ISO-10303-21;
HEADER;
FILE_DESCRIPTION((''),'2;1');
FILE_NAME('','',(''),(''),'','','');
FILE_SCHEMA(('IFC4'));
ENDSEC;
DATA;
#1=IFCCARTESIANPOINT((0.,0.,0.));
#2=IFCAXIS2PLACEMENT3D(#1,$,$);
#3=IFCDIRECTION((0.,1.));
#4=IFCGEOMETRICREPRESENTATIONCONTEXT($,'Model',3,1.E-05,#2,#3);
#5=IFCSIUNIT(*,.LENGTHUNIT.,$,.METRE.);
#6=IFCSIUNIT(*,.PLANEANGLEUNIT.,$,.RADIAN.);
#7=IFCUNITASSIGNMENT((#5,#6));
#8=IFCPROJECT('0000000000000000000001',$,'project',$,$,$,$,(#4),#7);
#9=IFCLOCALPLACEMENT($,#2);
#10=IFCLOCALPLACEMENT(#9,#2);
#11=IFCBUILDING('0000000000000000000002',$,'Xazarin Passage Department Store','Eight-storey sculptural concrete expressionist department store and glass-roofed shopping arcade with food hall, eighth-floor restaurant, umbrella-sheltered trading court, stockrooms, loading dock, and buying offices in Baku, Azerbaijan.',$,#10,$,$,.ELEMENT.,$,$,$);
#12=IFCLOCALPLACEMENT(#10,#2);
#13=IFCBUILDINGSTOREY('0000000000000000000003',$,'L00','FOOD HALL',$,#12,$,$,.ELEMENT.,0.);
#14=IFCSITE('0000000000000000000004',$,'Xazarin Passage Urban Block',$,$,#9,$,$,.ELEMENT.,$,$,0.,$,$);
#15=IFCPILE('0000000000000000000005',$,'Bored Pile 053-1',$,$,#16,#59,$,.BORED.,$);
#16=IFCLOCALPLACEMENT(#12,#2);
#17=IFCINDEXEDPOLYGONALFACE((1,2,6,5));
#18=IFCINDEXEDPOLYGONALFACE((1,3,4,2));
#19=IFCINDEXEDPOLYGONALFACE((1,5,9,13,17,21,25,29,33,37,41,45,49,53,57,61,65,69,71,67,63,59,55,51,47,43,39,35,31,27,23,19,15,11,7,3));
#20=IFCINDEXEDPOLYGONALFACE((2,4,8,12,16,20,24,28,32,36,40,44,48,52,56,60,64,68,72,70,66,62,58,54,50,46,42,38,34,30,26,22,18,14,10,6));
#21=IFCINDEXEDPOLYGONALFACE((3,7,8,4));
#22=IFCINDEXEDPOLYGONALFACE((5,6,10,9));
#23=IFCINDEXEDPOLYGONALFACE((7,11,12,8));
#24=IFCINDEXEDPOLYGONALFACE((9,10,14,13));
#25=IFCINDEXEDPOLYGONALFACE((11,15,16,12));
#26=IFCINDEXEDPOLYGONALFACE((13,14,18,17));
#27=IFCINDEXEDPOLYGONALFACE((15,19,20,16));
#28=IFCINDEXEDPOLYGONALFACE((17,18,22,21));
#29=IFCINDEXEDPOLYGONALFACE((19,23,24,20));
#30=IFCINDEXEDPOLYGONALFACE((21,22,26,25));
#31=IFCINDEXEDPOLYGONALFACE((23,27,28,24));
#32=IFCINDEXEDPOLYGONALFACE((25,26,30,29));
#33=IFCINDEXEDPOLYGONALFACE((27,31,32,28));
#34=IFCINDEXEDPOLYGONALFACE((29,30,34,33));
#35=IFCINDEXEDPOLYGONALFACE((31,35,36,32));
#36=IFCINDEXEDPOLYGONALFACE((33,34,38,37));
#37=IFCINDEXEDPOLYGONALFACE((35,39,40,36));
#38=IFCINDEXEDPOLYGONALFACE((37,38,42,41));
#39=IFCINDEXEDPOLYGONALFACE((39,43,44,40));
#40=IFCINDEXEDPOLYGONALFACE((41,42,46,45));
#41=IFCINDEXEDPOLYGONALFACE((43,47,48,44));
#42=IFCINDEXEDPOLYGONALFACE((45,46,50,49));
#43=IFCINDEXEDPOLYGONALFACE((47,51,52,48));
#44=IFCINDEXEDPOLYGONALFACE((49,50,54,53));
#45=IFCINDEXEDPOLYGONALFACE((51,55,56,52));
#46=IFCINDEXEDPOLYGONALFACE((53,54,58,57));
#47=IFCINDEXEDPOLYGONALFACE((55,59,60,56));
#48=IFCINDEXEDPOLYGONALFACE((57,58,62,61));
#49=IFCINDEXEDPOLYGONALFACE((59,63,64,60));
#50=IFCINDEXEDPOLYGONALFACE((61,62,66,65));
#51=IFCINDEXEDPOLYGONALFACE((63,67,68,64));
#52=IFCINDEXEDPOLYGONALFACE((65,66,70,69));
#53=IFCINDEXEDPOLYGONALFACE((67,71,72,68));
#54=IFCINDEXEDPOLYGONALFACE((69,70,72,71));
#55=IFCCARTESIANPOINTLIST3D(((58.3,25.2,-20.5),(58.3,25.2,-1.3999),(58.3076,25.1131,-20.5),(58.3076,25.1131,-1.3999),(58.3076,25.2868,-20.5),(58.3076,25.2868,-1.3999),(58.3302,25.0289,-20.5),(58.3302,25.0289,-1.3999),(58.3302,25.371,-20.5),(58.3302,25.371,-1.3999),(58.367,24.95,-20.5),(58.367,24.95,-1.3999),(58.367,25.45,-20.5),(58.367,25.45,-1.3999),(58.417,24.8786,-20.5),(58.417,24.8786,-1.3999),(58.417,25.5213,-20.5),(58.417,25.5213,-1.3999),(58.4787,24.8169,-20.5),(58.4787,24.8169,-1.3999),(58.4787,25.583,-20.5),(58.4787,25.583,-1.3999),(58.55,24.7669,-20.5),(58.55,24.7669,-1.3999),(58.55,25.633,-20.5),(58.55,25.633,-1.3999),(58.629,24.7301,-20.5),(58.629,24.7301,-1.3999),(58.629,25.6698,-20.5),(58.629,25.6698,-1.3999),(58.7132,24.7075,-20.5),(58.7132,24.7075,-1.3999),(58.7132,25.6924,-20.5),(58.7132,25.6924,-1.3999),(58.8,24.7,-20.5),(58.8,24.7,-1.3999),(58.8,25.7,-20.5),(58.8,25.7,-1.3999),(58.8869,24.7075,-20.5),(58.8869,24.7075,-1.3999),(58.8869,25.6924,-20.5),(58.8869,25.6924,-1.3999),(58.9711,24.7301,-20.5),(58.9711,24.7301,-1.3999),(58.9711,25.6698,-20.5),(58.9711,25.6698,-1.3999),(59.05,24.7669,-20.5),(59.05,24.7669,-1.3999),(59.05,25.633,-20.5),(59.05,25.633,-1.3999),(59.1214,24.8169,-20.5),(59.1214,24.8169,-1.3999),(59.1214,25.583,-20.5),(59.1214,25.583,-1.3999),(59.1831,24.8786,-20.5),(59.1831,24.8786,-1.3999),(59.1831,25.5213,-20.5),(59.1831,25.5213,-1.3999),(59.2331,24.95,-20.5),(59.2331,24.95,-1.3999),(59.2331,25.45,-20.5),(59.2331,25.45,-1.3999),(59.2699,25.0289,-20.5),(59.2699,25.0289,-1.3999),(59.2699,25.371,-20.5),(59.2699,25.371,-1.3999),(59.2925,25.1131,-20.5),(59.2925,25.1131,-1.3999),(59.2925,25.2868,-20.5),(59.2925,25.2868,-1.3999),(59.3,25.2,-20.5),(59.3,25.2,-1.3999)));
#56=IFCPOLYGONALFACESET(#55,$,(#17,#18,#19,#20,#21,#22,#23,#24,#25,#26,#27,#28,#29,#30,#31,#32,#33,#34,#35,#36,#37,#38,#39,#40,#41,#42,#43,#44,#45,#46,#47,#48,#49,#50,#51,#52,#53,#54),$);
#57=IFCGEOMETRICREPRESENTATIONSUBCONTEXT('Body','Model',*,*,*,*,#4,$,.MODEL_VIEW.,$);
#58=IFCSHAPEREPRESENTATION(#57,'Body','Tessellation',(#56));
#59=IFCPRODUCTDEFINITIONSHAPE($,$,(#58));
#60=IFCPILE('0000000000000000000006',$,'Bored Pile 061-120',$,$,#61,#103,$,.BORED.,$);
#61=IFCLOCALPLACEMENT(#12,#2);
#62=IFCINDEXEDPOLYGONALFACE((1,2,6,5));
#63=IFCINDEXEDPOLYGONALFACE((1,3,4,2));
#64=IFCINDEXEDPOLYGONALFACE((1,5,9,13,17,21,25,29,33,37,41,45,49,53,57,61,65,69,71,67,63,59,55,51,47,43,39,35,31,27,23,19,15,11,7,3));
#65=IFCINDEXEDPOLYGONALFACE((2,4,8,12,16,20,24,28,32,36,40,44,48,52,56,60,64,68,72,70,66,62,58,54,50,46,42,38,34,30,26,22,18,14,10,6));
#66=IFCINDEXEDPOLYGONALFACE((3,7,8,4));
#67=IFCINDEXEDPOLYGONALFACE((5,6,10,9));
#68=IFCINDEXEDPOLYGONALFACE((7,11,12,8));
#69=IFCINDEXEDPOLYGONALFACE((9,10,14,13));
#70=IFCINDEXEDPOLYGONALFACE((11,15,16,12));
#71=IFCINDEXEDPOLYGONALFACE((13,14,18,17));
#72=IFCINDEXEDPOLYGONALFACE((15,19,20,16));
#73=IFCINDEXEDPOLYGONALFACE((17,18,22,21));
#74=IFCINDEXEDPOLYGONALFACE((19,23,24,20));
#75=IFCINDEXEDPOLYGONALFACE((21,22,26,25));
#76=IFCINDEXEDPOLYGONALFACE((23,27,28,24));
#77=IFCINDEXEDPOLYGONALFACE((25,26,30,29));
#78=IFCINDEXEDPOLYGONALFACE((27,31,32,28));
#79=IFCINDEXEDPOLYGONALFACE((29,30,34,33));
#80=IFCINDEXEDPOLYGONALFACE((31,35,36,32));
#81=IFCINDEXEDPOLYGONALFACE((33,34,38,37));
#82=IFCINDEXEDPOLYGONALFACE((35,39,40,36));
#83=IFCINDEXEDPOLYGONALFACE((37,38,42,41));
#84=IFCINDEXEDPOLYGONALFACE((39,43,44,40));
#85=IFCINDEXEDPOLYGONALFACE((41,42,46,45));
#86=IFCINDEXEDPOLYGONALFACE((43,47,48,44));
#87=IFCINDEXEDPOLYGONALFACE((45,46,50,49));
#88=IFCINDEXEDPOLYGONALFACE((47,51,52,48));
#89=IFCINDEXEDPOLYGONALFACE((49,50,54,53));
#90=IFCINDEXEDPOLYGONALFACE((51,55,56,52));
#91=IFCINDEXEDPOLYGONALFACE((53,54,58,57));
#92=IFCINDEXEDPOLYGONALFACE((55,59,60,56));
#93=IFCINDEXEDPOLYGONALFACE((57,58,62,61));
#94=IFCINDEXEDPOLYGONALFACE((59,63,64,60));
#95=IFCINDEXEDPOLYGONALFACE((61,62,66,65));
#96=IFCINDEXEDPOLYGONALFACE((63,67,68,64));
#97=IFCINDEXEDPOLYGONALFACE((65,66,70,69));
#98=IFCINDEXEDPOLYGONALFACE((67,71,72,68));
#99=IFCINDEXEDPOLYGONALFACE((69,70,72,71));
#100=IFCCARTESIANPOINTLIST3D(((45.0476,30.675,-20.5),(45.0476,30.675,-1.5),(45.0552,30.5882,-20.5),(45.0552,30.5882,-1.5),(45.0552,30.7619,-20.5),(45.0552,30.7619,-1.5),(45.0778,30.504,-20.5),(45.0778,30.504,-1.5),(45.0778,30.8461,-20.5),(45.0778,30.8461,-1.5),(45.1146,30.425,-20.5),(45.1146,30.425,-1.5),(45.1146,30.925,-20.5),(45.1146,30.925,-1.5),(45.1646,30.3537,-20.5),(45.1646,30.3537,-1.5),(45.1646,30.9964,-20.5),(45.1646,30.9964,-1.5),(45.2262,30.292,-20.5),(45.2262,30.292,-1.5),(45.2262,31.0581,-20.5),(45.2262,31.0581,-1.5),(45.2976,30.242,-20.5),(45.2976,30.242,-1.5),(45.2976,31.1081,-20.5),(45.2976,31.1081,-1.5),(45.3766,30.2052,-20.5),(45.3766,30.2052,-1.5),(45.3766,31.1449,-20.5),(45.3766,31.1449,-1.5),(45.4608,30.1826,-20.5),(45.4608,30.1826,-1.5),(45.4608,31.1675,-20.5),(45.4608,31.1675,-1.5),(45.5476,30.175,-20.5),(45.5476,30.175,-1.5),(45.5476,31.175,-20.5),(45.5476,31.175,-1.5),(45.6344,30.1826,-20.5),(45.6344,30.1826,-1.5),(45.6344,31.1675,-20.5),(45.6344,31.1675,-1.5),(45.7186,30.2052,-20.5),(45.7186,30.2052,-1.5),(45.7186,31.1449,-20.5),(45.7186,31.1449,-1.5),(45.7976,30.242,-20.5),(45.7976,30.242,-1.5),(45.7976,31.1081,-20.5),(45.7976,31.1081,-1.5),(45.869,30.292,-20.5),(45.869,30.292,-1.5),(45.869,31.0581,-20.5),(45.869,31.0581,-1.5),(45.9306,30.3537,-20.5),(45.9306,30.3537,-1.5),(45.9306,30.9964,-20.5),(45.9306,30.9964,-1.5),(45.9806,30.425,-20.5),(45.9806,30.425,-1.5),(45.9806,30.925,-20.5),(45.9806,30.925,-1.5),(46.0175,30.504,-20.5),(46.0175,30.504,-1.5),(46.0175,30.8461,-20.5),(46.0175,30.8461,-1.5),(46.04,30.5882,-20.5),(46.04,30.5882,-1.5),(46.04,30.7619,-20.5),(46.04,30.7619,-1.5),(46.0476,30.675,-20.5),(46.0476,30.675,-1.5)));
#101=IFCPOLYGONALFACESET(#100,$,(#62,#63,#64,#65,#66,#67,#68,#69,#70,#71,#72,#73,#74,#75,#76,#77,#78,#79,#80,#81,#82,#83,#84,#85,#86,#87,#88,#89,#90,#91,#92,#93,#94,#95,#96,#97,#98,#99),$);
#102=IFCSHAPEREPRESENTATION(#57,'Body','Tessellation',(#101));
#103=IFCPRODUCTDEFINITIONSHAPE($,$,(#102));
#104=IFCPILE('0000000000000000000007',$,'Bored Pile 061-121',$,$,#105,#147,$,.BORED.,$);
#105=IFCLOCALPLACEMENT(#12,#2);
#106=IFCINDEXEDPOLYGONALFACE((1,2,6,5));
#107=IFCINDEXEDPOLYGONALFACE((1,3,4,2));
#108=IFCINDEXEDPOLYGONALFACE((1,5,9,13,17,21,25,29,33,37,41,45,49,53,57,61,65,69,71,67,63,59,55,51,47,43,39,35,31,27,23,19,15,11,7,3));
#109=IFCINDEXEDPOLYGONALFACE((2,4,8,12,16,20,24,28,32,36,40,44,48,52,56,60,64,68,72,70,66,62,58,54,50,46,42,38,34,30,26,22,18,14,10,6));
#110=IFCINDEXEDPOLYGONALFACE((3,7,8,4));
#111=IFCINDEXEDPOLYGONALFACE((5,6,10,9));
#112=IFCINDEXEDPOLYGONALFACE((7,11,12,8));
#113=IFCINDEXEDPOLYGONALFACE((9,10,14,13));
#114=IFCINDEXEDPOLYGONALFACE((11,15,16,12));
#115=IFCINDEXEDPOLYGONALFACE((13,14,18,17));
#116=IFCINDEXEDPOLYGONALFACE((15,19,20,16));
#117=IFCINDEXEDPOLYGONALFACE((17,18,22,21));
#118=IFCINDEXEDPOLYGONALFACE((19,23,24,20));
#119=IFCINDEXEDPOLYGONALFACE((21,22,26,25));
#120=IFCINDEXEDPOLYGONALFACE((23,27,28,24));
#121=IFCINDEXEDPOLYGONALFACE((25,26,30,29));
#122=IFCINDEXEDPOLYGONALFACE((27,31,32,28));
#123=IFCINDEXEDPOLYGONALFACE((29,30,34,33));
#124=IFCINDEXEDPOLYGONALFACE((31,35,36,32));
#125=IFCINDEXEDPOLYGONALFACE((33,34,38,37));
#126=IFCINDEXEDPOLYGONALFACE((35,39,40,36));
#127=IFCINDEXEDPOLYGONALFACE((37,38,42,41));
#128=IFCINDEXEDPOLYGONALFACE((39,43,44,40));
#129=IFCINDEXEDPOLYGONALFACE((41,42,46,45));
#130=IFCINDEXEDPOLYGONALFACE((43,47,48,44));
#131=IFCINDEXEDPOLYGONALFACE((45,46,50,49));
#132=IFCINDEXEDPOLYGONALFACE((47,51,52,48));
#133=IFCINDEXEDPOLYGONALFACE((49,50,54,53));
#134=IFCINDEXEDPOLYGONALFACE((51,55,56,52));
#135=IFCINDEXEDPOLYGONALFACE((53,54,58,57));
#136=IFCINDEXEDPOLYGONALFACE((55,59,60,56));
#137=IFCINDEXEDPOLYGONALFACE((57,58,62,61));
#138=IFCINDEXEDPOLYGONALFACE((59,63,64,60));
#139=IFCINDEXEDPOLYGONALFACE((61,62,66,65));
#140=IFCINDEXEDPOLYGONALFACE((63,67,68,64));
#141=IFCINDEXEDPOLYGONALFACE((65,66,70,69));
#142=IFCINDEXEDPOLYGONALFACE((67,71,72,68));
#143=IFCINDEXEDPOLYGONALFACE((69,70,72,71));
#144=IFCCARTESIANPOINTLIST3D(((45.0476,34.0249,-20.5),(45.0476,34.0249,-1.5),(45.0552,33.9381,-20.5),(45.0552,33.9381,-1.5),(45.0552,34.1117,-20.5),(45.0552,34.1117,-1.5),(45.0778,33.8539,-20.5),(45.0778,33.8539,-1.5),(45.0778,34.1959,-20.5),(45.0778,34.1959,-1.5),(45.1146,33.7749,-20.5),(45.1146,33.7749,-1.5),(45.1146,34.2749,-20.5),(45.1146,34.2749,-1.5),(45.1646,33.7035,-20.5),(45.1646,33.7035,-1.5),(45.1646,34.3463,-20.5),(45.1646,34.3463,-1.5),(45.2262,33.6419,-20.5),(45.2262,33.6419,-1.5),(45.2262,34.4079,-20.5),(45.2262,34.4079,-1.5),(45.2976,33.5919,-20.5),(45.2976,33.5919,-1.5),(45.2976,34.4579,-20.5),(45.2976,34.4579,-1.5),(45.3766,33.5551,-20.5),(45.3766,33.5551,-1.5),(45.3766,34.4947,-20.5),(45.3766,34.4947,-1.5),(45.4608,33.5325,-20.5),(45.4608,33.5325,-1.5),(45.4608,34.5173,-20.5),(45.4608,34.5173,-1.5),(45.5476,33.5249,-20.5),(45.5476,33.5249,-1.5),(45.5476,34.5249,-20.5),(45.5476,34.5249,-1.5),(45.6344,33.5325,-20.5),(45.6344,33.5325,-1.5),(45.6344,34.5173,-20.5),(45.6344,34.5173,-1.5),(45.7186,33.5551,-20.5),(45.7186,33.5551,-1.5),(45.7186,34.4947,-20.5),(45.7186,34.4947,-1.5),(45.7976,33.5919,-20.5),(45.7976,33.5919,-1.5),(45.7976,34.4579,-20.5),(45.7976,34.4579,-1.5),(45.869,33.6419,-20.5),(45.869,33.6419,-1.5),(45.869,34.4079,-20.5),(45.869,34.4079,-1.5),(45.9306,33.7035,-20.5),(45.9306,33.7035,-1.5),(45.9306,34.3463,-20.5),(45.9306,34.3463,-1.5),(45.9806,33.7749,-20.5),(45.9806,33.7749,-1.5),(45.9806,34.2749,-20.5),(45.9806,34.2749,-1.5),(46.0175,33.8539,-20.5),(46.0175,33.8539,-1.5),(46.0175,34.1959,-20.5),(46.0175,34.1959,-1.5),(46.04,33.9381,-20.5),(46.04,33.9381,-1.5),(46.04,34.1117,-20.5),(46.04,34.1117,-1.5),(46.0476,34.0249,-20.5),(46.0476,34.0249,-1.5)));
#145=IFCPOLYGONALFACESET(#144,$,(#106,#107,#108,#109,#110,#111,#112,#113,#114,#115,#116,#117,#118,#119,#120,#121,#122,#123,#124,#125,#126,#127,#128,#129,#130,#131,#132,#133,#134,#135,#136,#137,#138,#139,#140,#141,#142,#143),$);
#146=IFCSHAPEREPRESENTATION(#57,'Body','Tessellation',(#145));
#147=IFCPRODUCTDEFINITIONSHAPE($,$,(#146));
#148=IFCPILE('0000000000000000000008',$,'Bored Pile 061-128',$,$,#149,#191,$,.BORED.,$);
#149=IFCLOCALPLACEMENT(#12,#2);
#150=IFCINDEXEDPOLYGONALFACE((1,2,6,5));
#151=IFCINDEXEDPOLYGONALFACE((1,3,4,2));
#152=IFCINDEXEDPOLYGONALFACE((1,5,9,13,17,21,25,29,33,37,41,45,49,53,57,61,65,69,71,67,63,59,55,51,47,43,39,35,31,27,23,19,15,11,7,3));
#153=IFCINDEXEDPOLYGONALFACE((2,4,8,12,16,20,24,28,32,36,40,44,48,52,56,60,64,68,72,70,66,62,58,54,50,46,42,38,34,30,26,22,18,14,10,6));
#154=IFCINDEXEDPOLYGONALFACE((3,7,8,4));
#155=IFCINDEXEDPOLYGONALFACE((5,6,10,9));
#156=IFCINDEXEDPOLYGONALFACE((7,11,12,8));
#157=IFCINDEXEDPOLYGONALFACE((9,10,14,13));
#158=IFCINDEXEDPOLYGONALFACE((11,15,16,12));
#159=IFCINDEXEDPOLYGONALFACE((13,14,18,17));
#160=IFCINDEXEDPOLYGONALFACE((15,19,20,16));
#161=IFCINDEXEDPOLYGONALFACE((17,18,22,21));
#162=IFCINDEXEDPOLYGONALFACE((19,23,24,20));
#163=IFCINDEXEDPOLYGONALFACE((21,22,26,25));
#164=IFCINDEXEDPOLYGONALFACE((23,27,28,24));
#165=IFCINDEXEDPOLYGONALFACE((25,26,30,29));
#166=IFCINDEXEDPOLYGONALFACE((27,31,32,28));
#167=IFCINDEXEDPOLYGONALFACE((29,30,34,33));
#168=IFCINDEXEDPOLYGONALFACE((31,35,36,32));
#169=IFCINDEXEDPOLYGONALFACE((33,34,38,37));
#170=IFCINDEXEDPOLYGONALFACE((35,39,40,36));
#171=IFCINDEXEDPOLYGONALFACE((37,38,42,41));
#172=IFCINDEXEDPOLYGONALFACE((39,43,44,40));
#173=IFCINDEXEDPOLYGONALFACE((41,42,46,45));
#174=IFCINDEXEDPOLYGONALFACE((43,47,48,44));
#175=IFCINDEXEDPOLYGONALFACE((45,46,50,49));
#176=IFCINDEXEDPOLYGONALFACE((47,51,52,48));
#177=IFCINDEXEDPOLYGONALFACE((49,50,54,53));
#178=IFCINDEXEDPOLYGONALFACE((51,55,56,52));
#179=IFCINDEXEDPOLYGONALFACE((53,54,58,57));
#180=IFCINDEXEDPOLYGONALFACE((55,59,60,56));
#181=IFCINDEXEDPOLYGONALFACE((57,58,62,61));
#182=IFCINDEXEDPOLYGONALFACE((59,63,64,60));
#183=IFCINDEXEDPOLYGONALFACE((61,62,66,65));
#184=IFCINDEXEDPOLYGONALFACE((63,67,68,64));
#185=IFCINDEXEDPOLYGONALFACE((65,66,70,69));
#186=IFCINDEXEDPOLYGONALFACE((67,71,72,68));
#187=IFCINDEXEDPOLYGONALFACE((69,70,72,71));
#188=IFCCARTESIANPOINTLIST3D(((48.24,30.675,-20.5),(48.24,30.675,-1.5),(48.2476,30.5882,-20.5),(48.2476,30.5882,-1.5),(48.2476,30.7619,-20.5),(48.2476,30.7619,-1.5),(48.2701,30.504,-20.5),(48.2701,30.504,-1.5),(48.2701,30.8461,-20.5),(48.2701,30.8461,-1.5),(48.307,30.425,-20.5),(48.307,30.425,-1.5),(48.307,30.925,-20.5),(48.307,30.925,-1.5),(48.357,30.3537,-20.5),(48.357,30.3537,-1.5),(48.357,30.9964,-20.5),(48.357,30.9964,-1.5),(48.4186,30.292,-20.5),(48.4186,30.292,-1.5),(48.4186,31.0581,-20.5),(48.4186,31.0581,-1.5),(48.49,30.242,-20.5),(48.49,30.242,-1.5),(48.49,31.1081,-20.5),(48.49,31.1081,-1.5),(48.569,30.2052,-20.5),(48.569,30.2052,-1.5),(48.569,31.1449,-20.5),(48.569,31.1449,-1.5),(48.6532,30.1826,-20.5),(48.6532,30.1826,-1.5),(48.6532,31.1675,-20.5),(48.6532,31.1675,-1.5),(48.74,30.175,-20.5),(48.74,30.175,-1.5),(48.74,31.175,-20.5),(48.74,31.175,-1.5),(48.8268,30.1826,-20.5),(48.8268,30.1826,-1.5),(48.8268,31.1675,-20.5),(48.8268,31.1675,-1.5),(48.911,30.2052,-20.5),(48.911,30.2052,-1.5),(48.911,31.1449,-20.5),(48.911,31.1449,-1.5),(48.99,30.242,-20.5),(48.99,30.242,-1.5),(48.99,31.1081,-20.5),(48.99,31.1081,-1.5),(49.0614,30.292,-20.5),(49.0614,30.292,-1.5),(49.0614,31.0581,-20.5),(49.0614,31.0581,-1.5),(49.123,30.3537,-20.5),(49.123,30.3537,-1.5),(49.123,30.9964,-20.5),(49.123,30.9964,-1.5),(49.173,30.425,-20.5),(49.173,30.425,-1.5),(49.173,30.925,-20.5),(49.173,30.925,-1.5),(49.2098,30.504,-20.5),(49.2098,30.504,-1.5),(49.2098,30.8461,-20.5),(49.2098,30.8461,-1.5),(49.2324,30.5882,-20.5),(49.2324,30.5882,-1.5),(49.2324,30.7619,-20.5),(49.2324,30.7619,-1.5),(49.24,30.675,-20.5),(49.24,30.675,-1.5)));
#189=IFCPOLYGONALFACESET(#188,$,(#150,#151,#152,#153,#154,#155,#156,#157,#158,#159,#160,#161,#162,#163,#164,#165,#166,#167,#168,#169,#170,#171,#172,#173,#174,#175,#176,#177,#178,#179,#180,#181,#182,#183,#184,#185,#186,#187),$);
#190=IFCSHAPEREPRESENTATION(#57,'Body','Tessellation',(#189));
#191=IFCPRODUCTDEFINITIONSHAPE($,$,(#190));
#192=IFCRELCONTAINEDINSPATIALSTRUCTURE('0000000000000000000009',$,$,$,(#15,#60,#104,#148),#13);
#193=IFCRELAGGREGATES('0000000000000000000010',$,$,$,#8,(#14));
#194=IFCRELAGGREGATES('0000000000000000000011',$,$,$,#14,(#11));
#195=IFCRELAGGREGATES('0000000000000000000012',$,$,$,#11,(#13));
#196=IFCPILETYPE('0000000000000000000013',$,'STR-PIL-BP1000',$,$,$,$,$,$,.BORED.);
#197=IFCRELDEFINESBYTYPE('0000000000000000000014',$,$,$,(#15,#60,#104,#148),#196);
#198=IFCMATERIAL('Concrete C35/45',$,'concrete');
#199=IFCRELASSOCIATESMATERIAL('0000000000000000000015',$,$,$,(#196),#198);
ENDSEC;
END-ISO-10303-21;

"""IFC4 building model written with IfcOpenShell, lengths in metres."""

from ifc_helpers import new_model, si_unit, direction, frame, origin, origin_2d, place, context, subcontext, project, spatial, circle, extrude, material, material_profile, profile_set, type_object, element, save


model = new_model("IFC4")

# Units and contexts
model_context = context("Model", 3, precision=1e-05, world=origin(), true_north=direction((0.0, 1.0)))
body_context = subcontext(model_context, "Body", "Model", "MODEL_VIEW")
ifc_project = project(units=[si_unit("LENGTHUNIT", "METRE"), si_unit("PLANEANGLEUNIT", "RADIAN")], contexts=[model_context])

# Site, building, storey
site_placement = place(None, origin())
site = spatial("IfcSite", under=ifc_project, at=site_placement, Name="Xazarin Passage Urban Block", CompositionType="ELEMENT", RefElevation=0.0)
building_placement = place(site_placement, origin())
building = spatial("IfcBuilding", under=site, at=building_placement, Name="Xazarin Passage Department Store", Description="Eight-storey sculptural concrete expressionist department store and glass-roofed shopping arcade with food hall, eighth-floor restaurant, umbrella-sheltered trading court, stockrooms, loading dock, and buying offices in Baku, Azerbaijan.", CompositionType="ELEMENT")
storey_placement = place(building_placement, origin())
storey = spatial("IfcBuildingStorey", under=building, at=storey_placement, Name="L00", Description="FOOD HALL", CompositionType="ELEMENT", Elevation=0.0)

# Shared definitions
ifc_material_1 = material(Name="Concrete C35/45", Category="concrete")

# Piles
ifc_material_profile_1 = material_profile(ifc_material_1, circle(Radius=0.5, at=origin_2d()), Name="BP 1000")
ifc_profile_set_1 = profile_set([ifc_material_profile_1], Name="Concrete C35/45")
pile_type_1 = type_object("IfcPileType", Name="STR-PIL-BP1000", PredefinedType="BORED", material=ifc_profile_set_1)
for number, where, z_axis, x_axis, name in (
    (1, (58.8, 25.2, -1.3999), (0.0, 0.0, -1.0), (1.0, 0.0, 0.0), "Bored Pile 053-1"),
):
    element("IfcPile", number, at=place(storey_placement, frame(where, z_axis=z_axis, x_axis=x_axis)), inside=storey, type_object=pile_type_1, Name=name, PredefinedType="BORED", context=body_context, shape_type="SweptSolid", body=[
        extrude(circle(Radius=0.5, at=origin_2d()), origin(), (0.0, 0.0, 1.0), 19.1001),
    ])
for number, where, z_axis, x_axis, name in (
    (2, (45.5476, 30.675, -1.5), (0.0, 0.0, -1.0), (1.0, 0.0, 0.0), "Bored Pile 061-120"),
    (3, (45.5476, 34.0249, -1.5), (0.0, 0.0, -1.0), (1.0, 0.0, 0.0), "Bored Pile 061-121"),
    (4, (48.74, 30.675, -1.5), (0.0, 0.0, -1.0), (1.0, 0.0, 0.0), "Bored Pile 061-128"),
):
    element("IfcPile", number, at=place(storey_placement, frame(where, z_axis=z_axis, x_axis=x_axis)), inside=storey, type_object=pile_type_1, Name=name, PredefinedType="BORED", context=body_context, shape_type="SweptSolid", body=[
        extrude(circle(Radius=0.5, at=origin_2d()), origin(), (0.0, 0.0, 1.0), 19.0),
    ])

save(model, "model.ifc")
